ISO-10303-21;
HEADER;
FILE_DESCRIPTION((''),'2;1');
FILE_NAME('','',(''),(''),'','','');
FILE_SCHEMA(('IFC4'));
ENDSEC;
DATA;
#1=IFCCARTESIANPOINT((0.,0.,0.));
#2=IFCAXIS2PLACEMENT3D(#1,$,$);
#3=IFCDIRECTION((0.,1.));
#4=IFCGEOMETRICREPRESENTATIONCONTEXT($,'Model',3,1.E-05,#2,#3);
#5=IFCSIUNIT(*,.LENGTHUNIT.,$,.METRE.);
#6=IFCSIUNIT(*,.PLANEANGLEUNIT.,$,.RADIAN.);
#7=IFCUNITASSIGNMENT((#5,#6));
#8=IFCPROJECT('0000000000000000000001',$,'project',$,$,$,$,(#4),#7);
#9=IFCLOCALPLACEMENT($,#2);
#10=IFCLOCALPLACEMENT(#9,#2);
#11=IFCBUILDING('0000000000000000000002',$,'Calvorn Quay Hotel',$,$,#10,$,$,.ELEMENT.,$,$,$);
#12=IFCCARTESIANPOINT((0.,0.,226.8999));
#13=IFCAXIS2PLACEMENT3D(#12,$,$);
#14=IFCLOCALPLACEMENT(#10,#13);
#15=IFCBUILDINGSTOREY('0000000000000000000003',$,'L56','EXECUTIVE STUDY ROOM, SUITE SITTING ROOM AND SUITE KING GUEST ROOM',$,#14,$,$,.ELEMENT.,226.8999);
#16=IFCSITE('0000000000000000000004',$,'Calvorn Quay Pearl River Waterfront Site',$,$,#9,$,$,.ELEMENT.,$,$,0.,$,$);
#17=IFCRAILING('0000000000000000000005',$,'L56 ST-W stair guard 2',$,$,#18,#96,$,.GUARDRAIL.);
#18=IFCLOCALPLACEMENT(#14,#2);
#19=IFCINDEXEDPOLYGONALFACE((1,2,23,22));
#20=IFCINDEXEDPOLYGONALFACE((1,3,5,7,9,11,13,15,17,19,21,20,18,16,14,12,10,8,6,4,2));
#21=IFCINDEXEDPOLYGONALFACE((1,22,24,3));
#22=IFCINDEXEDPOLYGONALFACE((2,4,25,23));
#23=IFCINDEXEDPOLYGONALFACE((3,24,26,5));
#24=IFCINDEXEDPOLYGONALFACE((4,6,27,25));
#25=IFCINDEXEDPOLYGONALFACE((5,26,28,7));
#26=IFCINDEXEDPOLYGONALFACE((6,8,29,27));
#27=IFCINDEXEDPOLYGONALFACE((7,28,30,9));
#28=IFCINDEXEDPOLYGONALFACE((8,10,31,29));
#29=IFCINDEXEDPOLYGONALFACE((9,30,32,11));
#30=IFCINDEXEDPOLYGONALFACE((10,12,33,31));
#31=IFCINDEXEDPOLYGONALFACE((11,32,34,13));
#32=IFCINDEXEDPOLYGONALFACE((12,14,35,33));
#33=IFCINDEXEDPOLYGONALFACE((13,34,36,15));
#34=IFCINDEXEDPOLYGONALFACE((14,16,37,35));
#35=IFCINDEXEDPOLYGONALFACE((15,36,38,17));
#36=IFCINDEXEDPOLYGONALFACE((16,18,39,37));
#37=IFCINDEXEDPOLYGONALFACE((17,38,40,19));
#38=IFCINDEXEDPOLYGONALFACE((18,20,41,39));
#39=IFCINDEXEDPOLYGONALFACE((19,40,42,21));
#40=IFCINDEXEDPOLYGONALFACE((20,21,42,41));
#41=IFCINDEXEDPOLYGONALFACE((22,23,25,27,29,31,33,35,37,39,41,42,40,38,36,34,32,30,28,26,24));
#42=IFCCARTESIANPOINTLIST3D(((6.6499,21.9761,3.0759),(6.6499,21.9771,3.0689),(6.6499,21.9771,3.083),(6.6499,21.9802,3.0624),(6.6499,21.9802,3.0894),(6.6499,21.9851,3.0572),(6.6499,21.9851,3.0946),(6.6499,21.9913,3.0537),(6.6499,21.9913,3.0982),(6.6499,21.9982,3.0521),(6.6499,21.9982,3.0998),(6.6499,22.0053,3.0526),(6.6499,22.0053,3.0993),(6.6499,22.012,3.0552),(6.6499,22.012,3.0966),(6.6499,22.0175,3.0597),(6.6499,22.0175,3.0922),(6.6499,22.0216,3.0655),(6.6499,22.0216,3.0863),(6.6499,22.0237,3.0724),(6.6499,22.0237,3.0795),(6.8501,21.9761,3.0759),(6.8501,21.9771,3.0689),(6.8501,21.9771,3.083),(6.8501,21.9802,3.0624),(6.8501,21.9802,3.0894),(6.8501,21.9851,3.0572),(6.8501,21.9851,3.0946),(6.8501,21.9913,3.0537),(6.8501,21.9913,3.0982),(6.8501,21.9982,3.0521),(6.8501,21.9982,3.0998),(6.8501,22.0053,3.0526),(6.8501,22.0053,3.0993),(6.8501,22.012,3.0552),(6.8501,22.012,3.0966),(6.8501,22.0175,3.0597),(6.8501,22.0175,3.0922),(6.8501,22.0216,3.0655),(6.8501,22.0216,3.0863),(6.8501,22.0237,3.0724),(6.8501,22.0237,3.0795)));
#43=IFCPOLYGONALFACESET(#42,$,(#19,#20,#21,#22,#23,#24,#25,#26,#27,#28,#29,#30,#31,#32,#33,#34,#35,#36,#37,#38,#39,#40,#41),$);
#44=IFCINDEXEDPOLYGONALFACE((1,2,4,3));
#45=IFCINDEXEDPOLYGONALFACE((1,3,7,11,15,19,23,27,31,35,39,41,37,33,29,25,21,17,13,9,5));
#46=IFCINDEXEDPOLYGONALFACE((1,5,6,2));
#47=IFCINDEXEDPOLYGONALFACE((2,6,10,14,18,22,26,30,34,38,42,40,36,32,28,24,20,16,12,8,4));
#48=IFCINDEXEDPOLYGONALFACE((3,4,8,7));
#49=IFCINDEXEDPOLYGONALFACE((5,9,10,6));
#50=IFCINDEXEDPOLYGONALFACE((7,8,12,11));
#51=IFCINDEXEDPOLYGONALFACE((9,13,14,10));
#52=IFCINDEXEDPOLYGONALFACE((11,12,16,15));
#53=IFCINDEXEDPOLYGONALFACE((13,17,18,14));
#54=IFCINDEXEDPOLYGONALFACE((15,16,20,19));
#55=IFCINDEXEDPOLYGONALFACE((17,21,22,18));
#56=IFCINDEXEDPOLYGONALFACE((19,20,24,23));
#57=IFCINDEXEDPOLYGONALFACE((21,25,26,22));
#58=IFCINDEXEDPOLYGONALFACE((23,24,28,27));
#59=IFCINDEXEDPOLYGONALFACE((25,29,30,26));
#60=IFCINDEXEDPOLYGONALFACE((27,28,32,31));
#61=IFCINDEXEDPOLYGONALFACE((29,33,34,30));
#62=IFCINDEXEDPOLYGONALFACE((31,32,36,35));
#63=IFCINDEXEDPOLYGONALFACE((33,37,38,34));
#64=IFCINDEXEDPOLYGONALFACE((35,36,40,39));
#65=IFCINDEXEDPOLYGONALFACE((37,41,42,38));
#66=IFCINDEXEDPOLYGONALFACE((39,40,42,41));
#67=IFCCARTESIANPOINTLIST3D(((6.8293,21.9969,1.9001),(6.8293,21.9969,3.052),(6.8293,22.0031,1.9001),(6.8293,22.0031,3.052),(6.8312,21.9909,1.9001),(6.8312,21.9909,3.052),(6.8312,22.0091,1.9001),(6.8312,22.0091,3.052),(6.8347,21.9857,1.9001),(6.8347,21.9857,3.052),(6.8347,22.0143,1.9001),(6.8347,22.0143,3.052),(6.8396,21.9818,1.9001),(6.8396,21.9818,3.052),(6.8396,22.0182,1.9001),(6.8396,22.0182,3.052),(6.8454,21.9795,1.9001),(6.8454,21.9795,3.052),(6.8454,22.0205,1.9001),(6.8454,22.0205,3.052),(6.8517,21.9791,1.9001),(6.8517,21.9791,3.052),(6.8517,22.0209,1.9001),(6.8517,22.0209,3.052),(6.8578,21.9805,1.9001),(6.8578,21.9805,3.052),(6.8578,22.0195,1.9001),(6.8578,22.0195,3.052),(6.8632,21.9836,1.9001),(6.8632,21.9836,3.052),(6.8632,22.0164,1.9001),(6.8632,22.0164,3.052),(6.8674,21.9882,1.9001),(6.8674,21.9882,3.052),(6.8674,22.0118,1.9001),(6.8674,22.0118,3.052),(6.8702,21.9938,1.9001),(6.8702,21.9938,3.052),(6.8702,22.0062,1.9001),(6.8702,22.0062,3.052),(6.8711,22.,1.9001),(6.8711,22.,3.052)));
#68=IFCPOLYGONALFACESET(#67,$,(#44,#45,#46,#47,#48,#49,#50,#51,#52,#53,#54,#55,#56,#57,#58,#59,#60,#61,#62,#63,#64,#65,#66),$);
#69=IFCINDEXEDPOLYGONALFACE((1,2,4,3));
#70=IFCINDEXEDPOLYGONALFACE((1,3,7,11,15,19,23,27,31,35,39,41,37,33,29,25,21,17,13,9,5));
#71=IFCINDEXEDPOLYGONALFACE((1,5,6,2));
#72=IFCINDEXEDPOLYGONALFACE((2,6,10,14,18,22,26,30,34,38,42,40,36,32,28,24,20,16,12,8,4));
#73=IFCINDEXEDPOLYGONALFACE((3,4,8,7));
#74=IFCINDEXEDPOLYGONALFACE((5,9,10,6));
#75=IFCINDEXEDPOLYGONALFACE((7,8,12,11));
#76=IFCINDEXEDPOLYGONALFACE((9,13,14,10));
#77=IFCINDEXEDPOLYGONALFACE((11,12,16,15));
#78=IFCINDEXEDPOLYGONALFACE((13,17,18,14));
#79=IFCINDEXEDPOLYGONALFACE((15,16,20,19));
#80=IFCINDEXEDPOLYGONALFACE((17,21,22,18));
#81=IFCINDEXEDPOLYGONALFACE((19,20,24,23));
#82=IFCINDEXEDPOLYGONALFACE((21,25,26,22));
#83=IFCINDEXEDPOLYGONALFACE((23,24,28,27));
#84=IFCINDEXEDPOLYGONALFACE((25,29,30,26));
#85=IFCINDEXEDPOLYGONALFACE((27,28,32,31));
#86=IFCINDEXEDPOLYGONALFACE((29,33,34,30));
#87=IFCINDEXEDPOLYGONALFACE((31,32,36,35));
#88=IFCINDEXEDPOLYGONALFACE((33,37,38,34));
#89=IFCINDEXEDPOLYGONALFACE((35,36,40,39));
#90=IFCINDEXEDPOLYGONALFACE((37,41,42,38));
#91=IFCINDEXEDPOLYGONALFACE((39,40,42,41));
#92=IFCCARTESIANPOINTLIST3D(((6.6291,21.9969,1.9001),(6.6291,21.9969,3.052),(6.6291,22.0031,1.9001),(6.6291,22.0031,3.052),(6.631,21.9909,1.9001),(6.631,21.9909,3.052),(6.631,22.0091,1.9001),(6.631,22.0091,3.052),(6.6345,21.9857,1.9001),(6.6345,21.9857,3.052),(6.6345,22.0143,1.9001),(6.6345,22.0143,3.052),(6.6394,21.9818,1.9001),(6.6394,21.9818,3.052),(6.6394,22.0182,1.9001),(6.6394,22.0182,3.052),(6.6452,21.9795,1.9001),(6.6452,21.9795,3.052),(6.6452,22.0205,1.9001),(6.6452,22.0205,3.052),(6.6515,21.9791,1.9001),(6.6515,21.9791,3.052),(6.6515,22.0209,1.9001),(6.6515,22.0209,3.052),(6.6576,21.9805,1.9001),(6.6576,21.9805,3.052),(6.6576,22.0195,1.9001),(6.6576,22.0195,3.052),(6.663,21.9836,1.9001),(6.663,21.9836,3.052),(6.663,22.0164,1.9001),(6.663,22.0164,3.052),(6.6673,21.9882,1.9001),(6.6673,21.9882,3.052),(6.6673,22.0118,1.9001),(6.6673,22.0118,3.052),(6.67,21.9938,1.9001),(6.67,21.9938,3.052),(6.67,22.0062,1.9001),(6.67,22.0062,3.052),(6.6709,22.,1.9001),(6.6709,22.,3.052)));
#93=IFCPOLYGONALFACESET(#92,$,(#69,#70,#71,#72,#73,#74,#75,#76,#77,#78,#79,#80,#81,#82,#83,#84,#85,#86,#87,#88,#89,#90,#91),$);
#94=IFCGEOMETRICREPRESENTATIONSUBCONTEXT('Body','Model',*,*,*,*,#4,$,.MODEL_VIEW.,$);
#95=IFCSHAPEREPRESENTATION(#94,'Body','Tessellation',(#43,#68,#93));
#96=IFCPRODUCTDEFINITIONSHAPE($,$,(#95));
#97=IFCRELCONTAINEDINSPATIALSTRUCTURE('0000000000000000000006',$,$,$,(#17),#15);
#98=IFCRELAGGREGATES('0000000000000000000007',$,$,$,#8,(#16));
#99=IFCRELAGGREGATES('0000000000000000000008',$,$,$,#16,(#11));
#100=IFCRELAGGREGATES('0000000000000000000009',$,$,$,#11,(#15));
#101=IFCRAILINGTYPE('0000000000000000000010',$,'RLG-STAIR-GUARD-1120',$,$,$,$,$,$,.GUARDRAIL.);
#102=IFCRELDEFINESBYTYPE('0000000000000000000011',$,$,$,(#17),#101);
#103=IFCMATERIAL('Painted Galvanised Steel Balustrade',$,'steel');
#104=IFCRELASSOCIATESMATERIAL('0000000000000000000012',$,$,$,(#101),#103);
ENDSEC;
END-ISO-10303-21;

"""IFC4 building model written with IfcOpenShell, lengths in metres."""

from ifc_helpers import new_model, si_unit, direction, frame, origin, origin_2d, place, context, subcontext, project, spatial, circle, extrude, material, type_object, element, save


model = new_model("IFC4")

# Units and contexts
model_context = context("Model", 3, precision=1e-05, world=origin(), true_north=direction((0.0, 1.0)))
body_context = subcontext(model_context, "Body", "Model", "MODEL_VIEW")
ifc_project = project(units=[si_unit("LENGTHUNIT", "METRE"), si_unit("PLANEANGLEUNIT", "RADIAN")], contexts=[model_context])

# Site, building, storey
site_placement = place(None, origin())
site = spatial("IfcSite", under=ifc_project, at=site_placement, Name="Calvorn Quay Pearl River Waterfront Site", CompositionType="ELEMENT", RefElevation=0.0)
building_placement = place(site_placement, origin())
building = spatial("IfcBuilding", under=site, at=building_placement, Name="Calvorn Quay Hotel", CompositionType="ELEMENT")
storey_placement = place(building_placement, frame((0.0, 0.0, 226.8999)))
storey = spatial("IfcBuildingStorey", under=building, at=storey_placement, Name="L56", Description="EXECUTIVE STUDY ROOM, SUITE SITTING ROOM AND SUITE KING GUEST ROOM", CompositionType="ELEMENT", Elevation=226.8999)

# Railing
ifc_material_1 = material(Name="Painted Galvanised Steel Balustrade", Category="steel")
railing_type_1 = type_object("IfcRailingType", Name="RLG-STAIR-GUARD-1120", PredefinedType="GUARDRAIL", material=ifc_material_1)
railing_1_placement = place(storey_placement, frame((6.8501, 22.0, 1.9001)))
element("IfcRailing", 1, at=railing_1_placement, inside=storey, type_object=railing_type_1, Name="L56 ST-W stair guard 2", PredefinedType="GUARDRAIL", context=body_context, shape_type="SweptSolid", body=[
    extrude(circle(Radius=0.0239, at=origin_2d()), frame((0.0, 0.0, 1.1758), z_axis=(-1.0, 0.0, 0.0), x_axis=(0.0, -1.0, 0.0)), (0.0, 0.0, 1.0), 0.2002),
    extrude(circle(Radius=0.021, at=origin_2d()), origin(), (0.0, 0.0, 1.0), 1.1519),
    extrude(circle(Radius=0.021, at=origin_2d()), frame((-0.2002, 0.0, 0.0)), (0.0, 0.0, 1.0), 1.1519),
])

save(model, "model.ifc")
